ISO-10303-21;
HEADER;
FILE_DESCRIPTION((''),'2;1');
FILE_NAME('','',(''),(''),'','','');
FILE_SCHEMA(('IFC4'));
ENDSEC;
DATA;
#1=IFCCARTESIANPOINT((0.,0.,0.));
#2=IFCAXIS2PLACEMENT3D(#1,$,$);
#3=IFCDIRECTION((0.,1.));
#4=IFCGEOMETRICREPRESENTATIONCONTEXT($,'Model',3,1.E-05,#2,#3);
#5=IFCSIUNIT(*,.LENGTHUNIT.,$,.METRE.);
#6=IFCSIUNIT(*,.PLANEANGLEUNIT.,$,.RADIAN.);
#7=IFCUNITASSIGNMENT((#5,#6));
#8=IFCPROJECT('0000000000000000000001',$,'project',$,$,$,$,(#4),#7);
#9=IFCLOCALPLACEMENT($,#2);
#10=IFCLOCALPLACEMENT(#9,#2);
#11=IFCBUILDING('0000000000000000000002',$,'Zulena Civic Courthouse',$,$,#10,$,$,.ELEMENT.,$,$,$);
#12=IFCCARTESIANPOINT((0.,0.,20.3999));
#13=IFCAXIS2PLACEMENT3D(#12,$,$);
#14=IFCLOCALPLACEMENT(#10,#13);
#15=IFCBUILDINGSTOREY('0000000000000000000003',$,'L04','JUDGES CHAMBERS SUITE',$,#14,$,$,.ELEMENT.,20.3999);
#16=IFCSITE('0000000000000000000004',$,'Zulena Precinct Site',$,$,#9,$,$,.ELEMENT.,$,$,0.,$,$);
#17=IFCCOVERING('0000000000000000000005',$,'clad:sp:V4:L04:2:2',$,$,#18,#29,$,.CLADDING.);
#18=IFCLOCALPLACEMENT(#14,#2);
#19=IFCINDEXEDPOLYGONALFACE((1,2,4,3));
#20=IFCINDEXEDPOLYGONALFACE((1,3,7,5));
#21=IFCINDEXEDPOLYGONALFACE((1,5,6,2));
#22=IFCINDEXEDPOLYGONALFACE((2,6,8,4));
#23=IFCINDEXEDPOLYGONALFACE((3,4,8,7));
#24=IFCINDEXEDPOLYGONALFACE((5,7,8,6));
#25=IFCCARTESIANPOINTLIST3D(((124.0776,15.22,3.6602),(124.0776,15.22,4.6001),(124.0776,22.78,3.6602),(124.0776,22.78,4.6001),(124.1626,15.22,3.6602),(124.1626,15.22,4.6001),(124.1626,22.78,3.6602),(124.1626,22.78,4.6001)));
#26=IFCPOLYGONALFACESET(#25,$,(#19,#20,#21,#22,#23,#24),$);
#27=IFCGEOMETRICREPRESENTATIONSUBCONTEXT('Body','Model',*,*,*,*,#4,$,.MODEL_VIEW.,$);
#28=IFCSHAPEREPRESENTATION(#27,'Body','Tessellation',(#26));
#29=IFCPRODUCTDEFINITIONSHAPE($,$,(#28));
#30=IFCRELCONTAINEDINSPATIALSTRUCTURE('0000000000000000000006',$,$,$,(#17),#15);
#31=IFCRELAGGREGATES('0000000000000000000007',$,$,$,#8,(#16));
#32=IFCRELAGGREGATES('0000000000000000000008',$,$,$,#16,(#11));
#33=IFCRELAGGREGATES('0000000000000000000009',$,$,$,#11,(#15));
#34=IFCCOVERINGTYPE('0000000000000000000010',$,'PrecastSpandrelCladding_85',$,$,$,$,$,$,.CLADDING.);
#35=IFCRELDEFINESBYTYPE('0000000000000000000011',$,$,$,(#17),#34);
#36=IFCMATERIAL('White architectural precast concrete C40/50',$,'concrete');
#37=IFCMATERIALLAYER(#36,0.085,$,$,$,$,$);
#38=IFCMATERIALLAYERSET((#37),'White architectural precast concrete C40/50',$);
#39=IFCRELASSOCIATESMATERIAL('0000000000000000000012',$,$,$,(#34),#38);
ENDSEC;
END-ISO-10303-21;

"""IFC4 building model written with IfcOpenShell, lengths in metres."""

from ifc_helpers import new_model, si_unit, direction, frame, origin, origin_2d, place, context, subcontext, project, spatial, rectangle, extrude, material, layer, layer_set, type_object, element, save


model = new_model("IFC4")

# Units and contexts
model_context = context("Model", 3, precision=1e-05, world=origin(), true_north=direction((0.0, 1.0)))
body_context = subcontext(model_context, "Body", "Model", "MODEL_VIEW")
ifc_project = project(units=[si_unit("LENGTHUNIT", "METRE"), si_unit("PLANEANGLEUNIT", "RADIAN")], contexts=[model_context])

# Site, building, storey
site_placement = place(None, origin())
site = spatial("IfcSite", under=ifc_project, at=site_placement, Name="Zulena Precinct Site", CompositionType="ELEMENT", RefElevation=0.0)
building_placement = place(site_placement, origin())
building = spatial("IfcBuilding", under=site, at=building_placement, Name="Zulena Civic Courthouse", CompositionType="ELEMENT")
storey_placement = place(building_placement, frame((0.0, 0.0, 20.3999)))
storey = spatial("IfcBuildingStorey", under=building, at=storey_placement, Name="L04", Description="JUDGES CHAMBERS SUITE", CompositionType="ELEMENT", Elevation=20.3999)

# Covering
ifc_material_1 = material(Name="White architectural precast concrete C40/50", Category="concrete")
ifc_layer_1 = layer(ifc_material_1, 0.085)
ifc_layer_set_1 = layer_set([ifc_layer_1], Name="White architectural precast concrete C40/50")
covering_type = type_object("IfcCoveringType", Name="PrecastSpandrelCladding_85", PredefinedType="CLADDING", material=ifc_layer_set_1)
covering_placement = place(storey_placement, frame((124.1201, 19.0, 3.6602), z_axis=(0.0, 0.0, 1.0), x_axis=(0.0, -1.0, 0.0)))
element("IfcCovering", 1, at=covering_placement, inside=storey, type_object=covering_type, Name="clad:sp:V4:L04:2:2", PredefinedType="CLADDING", context=body_context, shape_type="SweptSolid", body=[
    extrude(rectangle(XDim=7.5601, YDim=0.085, at=origin_2d()), origin(), (0.0, 0.0, 1.0), 0.9399),
])

save(model, "model.ifc")
